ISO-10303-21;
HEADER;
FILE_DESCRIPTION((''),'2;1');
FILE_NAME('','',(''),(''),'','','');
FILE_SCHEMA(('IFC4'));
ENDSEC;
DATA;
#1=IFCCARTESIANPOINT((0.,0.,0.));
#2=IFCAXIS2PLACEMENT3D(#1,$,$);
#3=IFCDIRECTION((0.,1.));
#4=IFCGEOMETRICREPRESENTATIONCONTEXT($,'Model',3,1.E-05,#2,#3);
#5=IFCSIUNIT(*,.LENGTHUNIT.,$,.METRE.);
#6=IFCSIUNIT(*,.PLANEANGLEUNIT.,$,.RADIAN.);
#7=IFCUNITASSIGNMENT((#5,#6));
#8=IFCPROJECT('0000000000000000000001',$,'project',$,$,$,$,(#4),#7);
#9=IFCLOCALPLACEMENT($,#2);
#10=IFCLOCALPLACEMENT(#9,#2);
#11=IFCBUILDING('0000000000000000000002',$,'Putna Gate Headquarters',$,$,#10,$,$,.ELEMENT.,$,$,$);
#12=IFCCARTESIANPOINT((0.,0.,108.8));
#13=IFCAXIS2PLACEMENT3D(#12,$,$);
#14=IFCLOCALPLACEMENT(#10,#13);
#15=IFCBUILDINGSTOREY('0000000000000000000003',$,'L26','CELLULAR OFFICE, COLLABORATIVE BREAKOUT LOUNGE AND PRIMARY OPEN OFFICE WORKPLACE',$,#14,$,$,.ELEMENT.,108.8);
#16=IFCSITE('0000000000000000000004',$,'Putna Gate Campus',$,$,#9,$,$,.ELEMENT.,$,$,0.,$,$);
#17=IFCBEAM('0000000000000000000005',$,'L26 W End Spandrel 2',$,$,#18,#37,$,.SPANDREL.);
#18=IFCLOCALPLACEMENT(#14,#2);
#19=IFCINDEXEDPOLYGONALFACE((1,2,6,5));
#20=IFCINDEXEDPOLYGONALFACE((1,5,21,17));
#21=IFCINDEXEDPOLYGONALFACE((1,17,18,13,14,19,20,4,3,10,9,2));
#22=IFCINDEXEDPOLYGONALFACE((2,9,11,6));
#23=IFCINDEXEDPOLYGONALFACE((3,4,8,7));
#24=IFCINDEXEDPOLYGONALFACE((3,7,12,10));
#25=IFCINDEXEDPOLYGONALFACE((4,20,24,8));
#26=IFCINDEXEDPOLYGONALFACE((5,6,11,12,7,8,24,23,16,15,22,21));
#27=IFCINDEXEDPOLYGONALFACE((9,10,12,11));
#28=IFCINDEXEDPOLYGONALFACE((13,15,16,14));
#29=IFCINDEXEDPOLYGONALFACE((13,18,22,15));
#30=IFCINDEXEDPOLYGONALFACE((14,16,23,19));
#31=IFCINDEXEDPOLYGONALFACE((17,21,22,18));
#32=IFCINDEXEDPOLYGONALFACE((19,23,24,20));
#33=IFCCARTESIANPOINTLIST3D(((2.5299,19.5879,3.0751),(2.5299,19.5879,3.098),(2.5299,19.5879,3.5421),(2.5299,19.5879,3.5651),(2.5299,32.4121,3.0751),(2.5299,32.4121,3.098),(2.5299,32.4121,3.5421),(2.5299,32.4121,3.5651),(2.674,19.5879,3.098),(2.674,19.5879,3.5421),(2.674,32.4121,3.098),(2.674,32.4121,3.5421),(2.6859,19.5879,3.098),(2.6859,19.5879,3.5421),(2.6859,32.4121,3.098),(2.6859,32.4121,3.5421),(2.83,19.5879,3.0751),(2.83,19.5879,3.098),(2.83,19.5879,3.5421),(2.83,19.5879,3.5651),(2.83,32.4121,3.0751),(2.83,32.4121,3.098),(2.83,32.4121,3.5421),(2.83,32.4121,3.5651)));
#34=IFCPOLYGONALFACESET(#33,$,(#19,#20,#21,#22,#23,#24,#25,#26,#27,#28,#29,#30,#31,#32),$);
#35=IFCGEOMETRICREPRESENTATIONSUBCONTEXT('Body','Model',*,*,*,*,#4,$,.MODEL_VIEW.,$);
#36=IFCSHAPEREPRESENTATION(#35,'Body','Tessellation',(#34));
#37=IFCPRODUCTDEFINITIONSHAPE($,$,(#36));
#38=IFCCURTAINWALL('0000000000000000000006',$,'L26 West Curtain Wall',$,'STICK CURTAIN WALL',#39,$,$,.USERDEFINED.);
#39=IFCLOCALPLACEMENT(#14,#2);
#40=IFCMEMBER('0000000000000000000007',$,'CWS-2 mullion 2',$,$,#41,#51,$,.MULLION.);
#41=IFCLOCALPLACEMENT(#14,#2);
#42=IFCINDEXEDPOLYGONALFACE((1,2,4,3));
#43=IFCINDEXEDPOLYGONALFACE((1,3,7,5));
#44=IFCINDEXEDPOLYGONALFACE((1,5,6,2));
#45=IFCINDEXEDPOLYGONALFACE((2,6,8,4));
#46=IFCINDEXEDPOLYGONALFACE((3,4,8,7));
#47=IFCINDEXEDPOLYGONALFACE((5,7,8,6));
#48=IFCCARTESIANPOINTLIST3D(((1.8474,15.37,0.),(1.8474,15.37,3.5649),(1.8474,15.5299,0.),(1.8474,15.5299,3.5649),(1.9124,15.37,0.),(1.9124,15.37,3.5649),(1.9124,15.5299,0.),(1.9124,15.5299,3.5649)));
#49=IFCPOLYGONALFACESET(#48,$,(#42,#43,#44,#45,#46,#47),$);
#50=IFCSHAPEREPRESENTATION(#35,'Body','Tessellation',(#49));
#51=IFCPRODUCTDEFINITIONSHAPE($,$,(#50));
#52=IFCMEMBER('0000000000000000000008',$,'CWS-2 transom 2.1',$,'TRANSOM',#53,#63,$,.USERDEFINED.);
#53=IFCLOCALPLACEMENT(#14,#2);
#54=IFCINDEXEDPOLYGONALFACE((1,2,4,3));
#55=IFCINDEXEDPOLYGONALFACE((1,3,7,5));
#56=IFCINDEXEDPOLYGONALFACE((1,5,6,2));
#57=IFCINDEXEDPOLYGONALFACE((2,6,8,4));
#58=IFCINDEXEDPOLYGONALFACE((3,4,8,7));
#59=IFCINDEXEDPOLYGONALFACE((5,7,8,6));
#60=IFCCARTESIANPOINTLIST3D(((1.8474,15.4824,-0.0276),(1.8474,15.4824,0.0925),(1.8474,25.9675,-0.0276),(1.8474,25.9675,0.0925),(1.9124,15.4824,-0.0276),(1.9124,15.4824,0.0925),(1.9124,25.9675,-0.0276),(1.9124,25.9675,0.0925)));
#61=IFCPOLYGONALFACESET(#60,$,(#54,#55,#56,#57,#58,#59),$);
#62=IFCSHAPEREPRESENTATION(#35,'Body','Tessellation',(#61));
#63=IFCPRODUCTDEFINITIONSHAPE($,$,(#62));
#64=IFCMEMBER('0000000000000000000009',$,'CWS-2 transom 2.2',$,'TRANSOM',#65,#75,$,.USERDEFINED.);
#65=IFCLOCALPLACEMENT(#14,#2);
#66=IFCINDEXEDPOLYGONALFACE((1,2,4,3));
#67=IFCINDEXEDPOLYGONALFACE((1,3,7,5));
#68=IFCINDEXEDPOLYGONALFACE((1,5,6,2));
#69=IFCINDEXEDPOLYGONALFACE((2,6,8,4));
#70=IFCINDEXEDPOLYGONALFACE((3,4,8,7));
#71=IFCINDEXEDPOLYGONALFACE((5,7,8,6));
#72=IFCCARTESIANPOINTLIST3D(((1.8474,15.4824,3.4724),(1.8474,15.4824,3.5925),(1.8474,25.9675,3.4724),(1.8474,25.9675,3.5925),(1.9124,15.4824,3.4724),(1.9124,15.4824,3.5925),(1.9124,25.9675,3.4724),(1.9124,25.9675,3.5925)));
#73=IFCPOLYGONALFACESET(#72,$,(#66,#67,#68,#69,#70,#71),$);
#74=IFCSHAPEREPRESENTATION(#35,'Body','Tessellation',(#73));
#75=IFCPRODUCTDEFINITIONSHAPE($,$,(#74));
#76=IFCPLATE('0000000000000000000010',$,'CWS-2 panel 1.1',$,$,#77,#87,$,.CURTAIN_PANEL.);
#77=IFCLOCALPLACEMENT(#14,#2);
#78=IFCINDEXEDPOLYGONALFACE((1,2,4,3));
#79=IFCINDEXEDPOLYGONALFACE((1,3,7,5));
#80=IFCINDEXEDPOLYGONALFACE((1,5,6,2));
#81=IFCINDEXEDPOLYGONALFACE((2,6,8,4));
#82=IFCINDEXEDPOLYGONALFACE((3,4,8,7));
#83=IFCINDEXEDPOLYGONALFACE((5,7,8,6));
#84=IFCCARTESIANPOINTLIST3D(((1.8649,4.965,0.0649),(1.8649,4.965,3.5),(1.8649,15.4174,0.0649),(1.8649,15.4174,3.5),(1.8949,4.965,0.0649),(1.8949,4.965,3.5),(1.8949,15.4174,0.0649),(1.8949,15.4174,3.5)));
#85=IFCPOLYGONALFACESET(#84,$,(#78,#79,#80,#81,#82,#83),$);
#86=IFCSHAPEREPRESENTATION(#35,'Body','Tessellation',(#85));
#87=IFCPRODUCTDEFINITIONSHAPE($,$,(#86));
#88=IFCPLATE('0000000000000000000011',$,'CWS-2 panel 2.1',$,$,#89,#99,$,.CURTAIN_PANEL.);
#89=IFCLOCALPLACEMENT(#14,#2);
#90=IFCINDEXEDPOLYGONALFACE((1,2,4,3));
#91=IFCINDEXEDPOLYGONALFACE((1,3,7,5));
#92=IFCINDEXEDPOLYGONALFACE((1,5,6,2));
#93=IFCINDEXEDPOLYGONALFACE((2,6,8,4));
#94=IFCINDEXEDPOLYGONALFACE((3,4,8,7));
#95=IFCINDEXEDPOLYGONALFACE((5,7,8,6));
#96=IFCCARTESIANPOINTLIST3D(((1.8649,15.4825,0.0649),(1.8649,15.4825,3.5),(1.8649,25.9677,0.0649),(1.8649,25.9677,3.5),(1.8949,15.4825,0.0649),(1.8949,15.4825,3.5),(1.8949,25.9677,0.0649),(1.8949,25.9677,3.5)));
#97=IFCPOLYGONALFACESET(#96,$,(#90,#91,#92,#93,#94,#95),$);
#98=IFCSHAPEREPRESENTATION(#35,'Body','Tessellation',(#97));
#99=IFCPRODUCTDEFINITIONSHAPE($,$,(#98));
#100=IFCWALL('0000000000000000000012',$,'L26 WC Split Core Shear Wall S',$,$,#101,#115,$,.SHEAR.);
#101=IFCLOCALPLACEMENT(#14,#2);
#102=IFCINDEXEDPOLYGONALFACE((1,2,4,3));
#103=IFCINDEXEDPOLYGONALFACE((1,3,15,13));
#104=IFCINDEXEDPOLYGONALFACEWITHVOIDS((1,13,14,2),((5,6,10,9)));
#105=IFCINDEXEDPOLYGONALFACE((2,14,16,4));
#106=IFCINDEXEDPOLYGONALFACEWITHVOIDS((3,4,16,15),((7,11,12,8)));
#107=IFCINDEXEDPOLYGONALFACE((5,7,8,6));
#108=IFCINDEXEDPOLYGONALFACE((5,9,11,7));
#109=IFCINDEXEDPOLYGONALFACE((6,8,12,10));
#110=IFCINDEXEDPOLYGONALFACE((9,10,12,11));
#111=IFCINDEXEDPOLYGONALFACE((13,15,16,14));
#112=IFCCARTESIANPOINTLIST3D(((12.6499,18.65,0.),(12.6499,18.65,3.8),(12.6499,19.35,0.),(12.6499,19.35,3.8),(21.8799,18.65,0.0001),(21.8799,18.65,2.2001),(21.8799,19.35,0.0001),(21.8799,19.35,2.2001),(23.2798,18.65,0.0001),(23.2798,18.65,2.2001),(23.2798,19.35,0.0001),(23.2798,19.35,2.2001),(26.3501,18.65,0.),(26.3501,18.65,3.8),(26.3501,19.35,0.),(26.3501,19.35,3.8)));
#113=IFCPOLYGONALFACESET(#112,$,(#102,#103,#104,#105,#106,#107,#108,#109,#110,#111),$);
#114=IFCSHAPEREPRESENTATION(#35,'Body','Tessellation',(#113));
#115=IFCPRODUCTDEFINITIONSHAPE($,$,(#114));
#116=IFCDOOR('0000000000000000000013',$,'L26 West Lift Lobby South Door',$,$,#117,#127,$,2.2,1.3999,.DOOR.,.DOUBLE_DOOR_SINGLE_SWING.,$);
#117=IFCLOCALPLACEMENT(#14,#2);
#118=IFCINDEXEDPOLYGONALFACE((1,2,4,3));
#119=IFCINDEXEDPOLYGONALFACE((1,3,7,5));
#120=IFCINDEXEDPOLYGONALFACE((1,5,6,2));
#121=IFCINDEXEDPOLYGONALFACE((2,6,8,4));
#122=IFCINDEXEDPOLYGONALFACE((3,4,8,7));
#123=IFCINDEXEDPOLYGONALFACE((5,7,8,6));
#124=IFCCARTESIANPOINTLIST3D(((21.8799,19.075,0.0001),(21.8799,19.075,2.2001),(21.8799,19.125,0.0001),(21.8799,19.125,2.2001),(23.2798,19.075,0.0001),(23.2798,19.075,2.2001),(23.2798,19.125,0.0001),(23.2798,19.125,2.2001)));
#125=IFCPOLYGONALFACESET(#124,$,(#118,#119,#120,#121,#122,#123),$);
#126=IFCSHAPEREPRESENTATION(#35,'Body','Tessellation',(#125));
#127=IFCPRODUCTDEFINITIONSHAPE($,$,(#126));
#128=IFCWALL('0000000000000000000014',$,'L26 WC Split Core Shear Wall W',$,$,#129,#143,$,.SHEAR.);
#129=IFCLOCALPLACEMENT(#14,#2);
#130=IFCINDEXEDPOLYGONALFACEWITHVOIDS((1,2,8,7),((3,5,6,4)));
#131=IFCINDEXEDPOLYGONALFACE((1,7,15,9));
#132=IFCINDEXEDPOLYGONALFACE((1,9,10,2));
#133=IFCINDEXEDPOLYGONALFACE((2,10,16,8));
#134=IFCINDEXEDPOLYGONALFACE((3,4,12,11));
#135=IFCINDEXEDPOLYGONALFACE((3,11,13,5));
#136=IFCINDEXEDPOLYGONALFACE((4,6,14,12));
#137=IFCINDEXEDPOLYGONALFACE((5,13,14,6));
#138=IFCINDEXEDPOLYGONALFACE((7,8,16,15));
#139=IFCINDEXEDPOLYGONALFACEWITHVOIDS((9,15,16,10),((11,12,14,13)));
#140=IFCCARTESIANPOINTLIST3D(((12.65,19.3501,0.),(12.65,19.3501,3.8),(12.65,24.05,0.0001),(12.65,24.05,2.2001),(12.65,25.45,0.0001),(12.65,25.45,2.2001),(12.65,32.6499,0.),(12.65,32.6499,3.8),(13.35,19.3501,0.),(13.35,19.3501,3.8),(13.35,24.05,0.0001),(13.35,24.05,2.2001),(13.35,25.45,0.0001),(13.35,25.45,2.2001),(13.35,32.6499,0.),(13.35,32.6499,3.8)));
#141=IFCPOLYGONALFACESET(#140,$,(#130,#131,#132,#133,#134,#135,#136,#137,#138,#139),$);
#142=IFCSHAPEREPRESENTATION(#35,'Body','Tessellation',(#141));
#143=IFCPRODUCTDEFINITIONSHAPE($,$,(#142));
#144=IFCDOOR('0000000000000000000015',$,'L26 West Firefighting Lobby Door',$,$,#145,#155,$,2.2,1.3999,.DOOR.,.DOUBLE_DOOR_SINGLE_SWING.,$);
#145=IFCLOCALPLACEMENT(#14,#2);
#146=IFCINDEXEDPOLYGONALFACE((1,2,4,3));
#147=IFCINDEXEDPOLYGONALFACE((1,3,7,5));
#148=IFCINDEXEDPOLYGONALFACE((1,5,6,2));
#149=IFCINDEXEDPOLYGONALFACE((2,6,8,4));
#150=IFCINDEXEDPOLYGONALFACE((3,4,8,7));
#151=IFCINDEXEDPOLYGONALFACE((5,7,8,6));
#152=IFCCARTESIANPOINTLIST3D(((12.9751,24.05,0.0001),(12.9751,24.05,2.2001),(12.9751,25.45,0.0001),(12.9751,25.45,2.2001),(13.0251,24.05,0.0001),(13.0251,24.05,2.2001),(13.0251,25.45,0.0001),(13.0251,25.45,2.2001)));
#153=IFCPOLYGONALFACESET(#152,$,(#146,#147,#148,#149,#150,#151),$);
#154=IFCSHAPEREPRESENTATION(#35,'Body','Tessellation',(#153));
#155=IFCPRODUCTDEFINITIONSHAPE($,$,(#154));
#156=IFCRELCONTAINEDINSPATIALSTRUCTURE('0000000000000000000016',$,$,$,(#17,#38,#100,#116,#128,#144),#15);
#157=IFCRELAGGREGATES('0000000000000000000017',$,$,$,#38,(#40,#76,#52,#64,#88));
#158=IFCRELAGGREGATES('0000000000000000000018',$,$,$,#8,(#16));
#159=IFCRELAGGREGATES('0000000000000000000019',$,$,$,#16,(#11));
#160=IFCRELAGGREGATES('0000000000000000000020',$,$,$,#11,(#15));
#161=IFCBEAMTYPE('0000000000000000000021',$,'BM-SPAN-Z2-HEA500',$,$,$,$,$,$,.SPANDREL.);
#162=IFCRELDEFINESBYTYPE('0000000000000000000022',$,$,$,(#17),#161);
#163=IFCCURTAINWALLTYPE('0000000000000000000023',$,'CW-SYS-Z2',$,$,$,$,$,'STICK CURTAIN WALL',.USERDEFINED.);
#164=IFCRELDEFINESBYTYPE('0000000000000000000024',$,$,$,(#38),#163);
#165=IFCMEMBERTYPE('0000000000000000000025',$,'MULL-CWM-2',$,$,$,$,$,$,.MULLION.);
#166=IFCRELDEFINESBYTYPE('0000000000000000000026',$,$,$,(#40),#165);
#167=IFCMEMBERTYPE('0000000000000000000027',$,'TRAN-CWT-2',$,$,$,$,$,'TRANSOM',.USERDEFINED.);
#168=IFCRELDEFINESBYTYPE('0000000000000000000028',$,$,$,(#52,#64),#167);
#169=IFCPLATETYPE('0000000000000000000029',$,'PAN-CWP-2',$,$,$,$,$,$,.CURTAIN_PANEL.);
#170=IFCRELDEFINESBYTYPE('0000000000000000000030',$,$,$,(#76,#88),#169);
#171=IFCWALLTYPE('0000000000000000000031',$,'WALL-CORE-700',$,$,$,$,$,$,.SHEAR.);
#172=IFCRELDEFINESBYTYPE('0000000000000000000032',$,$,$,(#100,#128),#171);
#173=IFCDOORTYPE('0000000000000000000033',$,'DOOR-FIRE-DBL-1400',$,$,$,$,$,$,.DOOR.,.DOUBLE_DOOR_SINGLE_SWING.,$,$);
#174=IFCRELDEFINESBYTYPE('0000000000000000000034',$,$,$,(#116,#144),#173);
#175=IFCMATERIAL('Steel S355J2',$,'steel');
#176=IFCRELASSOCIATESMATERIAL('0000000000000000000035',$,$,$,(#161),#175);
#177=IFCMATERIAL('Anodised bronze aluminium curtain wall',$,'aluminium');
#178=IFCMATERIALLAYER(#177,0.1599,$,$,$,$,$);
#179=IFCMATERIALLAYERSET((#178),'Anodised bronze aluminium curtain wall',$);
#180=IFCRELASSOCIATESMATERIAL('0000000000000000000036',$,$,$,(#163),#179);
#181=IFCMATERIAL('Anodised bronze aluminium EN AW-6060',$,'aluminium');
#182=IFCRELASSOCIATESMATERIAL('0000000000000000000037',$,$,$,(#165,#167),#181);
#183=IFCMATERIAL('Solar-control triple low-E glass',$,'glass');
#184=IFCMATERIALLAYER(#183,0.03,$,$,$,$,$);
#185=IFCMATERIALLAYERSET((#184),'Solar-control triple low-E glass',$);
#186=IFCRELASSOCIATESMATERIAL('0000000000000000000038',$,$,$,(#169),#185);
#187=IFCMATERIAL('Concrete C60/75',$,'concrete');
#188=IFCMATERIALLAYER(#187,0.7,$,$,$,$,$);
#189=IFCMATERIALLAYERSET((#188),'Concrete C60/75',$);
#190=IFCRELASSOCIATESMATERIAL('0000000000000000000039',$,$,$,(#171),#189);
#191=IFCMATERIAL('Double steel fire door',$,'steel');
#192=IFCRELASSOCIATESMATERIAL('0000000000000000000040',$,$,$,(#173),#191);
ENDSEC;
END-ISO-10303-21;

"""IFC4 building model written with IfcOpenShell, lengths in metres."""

from ifc_helpers import new_model, si_unit, direction, frame, frame_2d, origin, origin_2d, place, context, subcontext, project, spatial, rectangle, i_section, extrude, material, layer, layer_set, material_profile, profile_set, type_object, element, fill, aggregate, save


model = new_model("IFC4")

# Units and contexts
model_context = context("Model", 3, precision=1e-05, world=origin(), true_north=direction((0.0, 1.0)))
body_context = subcontext(model_context, "Body", "Model", "MODEL_VIEW")
ifc_project = project(units=[si_unit("LENGTHUNIT", "METRE"), si_unit("PLANEANGLEUNIT", "RADIAN")], contexts=[model_context])

# Site, building, storey
site_placement = place(None, origin())
site = spatial("IfcSite", under=ifc_project, at=site_placement, Name="Putna Gate Campus", CompositionType="ELEMENT", RefElevation=0.0)
building_placement = place(site_placement, origin())
building = spatial("IfcBuilding", under=site, at=building_placement, Name="Putna Gate Headquarters", CompositionType="ELEMENT")
storey_placement = place(building_placement, frame((0.0, 0.0, 108.8)))
storey = spatial("IfcBuildingStorey", under=building, at=storey_placement, Name="L26", Description="CELLULAR OFFICE, COLLABORATIVE BREAKOUT LOUNGE AND PRIMARY OPEN OFFICE WORKPLACE", CompositionType="ELEMENT", Elevation=108.8)

# Shared definitions
ifc_material_1 = material(Name="Concrete C60/75", Category="concrete")

# Beam
ifc_material_2 = material(Name="Steel S355J2", Category="steel")
ifc_material_profile_1 = material_profile(ifc_material_2, i_section(OverallWidth=0.3, OverallDepth=0.49, WebThickness=0.012, FlangeThickness=0.0229, at=origin_2d()), Name="Steel S355J2")
ifc_profile_set_1 = profile_set([ifc_material_profile_1], Name="Steel S355J2")
beam_type_1 = type_object("IfcBeamType", Name="BM-SPAN-Z2-HEA500", PredefinedType="SPANDREL", material=ifc_profile_set_1)
beam_1_placement = place(storey_placement, frame((2.6799, 19.5879, 3.3201), z_axis=(0.0, 1.0, 0.0), x_axis=(-1.0, 0.0, 0.0)))
element("IfcBeam", 1, at=beam_1_placement, inside=storey, type_object=beam_type_1, Name="L26 W End Spandrel 2", PredefinedType="SPANDREL", context=body_context, shape_type="SweptSolid", body=[
    extrude(i_section(OverallWidth=0.3, OverallDepth=0.49, WebThickness=0.012, FlangeThickness=0.0229, at=origin_2d()), origin(), (0.0, 0.0, 1.0), 12.8242),
])

# Curtain wall, members, plates
ifc_material_3 = material(Name="Anodised bronze aluminium curtain wall", Category="aluminium")
ifc_layer_1 = layer(ifc_material_3, 0.1599)
ifc_layer_set_1 = layer_set([ifc_layer_1], Name="Anodised bronze aluminium curtain wall")
curtain_wall_type = type_object("IfcCurtainWallType", Name="CW-SYS-Z2", ElementType="STICK CURTAIN WALL", PredefinedType="USERDEFINED", material=ifc_layer_set_1)
curtain_wall_placement = place(storey_placement, origin())
curtain_wall = element("IfcCurtainWall", 2, at=curtain_wall_placement, inside=storey, type_object=curtain_wall_type, Name="L26 West Curtain Wall", ObjectType="STICK CURTAIN WALL", PredefinedType="USERDEFINED")
ifc_material_4 = material(Name="Anodised bronze aluminium EN AW-6060", Category="aluminium")
ifc_material_profile_2 = material_profile(ifc_material_4, rectangle(XDim=0.0649, YDim=0.1599, at=origin_2d()), Name="Anodised bronze aluminium EN AW-6060")
ifc_profile_set_2 = profile_set([ifc_material_profile_2], Name="Anodised bronze aluminium EN AW-6060")
member_type_1 = type_object("IfcMemberType", Name="MULL-CWM-2", PredefinedType="MULLION", material=ifc_profile_set_2)
member_1_placement = place(storey_placement, frame((1.8799, 15.45, 0.0), z_axis=(0.0, 0.0, 1.0), x_axis=(-1.0, 0.0, 0.0)))
member_1 = element("IfcMember", 3, at=member_1_placement, type_object=member_type_1, Name="CWS-2 mullion 2", PredefinedType="MULLION", context=body_context, shape_type="SweptSolid", body=[
    extrude(rectangle(XDim=0.0649, YDim=0.1599, at=origin_2d()), origin(), (0.0, 0.0, 1.0), 3.5649),
])
ifc_material_profile_3 = material_profile(ifc_material_4, rectangle(XDim=0.0649, YDim=0.1201, at=origin_2d()), Name="Anodised bronze aluminium EN AW-6060")
ifc_profile_set_3 = profile_set([ifc_material_profile_3], Name="Anodised bronze aluminium EN AW-6060")
member_type_2 = type_object("IfcMemberType", Name="TRAN-CWT-2", ElementType="TRANSOM", PredefinedType="USERDEFINED", material=ifc_profile_set_3)
member_2_placement = place(storey_placement, frame((1.8799, 15.4824, 0.0325), z_axis=(0.0, 1.0, 0.0), x_axis=(-1.0, 0.0, 0.0)))
member_2 = element("IfcMember", 4, at=member_2_placement, type_object=member_type_2, Name="CWS-2 transom 2.1", ObjectType="TRANSOM", PredefinedType="USERDEFINED", context=body_context, shape_type="SweptSolid", body=[
    extrude(rectangle(XDim=0.0649, YDim=0.1201, at=origin_2d()), origin(), (0.0, 0.0, 1.0), 10.4851),
])
member_3_placement = place(storey_placement, frame((1.8799, 15.4824, 3.5325), z_axis=(0.0, 1.0, 0.0), x_axis=(-1.0, 0.0, 0.0)))
member_3 = element("IfcMember", 5, at=member_3_placement, type_object=member_type_2, Name="CWS-2 transom 2.2", ObjectType="TRANSOM", PredefinedType="USERDEFINED", context=body_context, shape_type="SweptSolid", body=[
    extrude(rectangle(XDim=0.0649, YDim=0.1201, at=origin_2d()), origin(), (0.0, 0.0, 1.0), 10.4851),
])
ifc_material_5 = material(Name="Solar-control triple low-E glass", Category="glass")
ifc_layer_2 = layer(ifc_material_5, 0.03)
ifc_layer_set_2 = layer_set([ifc_layer_2], Name="Solar-control triple low-E glass")
plate_type = type_object("IfcPlateType", Name="PAN-CWP-2", PredefinedType="CURTAIN_PANEL", material=ifc_layer_set_2)
plate_1_placement = place(storey_placement, frame((1.8799, 10.1912, 0.0649), z_axis=(0.0, 0.0, 1.0), x_axis=(0.0, 1.0, 0.0)))
plate_1 = element("IfcPlate", 6, at=plate_1_placement, type_object=plate_type, Name="CWS-2 panel 1.1", PredefinedType="CURTAIN_PANEL", context=body_context, shape_type="SweptSolid", body=[
    extrude(rectangle(XDim=10.4524, YDim=0.03, at=origin_2d()), origin(), (0.0, 0.0, 1.0), 3.4351),
])
plate_2_placement = place(storey_placement, frame((1.8799, 20.7251, 0.0649), z_axis=(0.0, 0.0, 1.0), x_axis=(0.0, 1.0, 0.0)))
plate_2 = element("IfcPlate", 7, at=plate_2_placement, type_object=plate_type, Name="CWS-2 panel 2.1", PredefinedType="CURTAIN_PANEL", context=body_context, shape_type="SweptSolid", body=[
    extrude(rectangle(XDim=10.4851, YDim=0.03, at=origin_2d()), origin(), (0.0, 0.0, 1.0), 3.4351),
])
aggregate(curtain_wall, [member_1, plate_1, member_2, member_3, plate_2])

# Walls, openings, doors
ifc_layer_3 = layer(ifc_material_1, 0.7)
ifc_layer_set_3 = layer_set([ifc_layer_3], Name="Concrete C60/75")
wall_type_1 = type_object("IfcWallType", Name="WALL-CORE-700", PredefinedType="SHEAR", material=ifc_layer_set_3)
wall_1_placement = place(storey_placement, frame((12.6499, 19.0, 0.0), z_axis=(0.0, 0.0, 1.0), x_axis=(1.0, 0.0, 0.0)))
wall_1 = element("IfcWall", 8, at=wall_1_placement, inside=storey, type_object=wall_type_1, Name="L26 WC Split Core Shear Wall S", PredefinedType="SHEAR", context=body_context, shape_type="SweptSolid", body=[
    extrude(rectangle(XDim=13.7002, YDim=0.7, at=frame_2d((6.8501, 0.0))), origin(), (0.0, 0.0, 1.0), 3.8),
])
opening_1_placement = place(wall_1_placement, frame((9.23, 0.0, 0.0)))
opening_1 = element("IfcOpeningElement", 9, at=opening_1_placement, cuts=wall_1, PredefinedType="OPENING", context=body_context, shape_type="SweptSolid", body=[
    extrude(rectangle(XDim=1.3999, YDim=2.2, at=frame_2d((0.7, 1.1001))), frame((0.0, 0.3599, 0.0), z_axis=(0.0, -1.0, 0.0), x_axis=(1.0, 0.0, 0.0)), (0.0, 0.0, 1.0), 0.72),
])
ifc_material_6 = material(Name="Double steel fire door", Category="steel")
door_type_1 = type_object("IfcDoorType", Name="DOOR-FIRE-DBL-1400", OperationType="DOUBLE_DOOR_SINGLE_SWING", PredefinedType="DOOR", material=ifc_material_6)
door_1_placement = place(opening_1_placement, origin())
door_1 = element("IfcDoor", 10, at=door_1_placement, inside=storey, type_object=door_type_1, Name="L26 West Lift Lobby South Door", OperationType="DOUBLE_DOOR_SINGLE_SWING", OverallHeight=2.2, OverallWidth=1.3999, PredefinedType="DOOR", context=body_context, shape_type="SweptSolid", body=[
    extrude(rectangle(XDim=1.3999, YDim=2.2, at=frame_2d((0.7, 1.1001))), frame((0.0, 0.125, 0.0), z_axis=(0.0, -1.0, 0.0), x_axis=(1.0, 0.0, 0.0)), (0.0, 0.0, 1.0), 0.05),
])
fill(opening_1, door_1)
wall_2_placement = place(storey_placement, frame((13.0, 19.3501, 0.0), z_axis=(0.0, 0.0, 1.0), x_axis=(0.0, 1.0, 0.0)))
wall_2 = element("IfcWall", 11, at=wall_2_placement, inside=storey, type_object=wall_type_1, Name="L26 WC Split Core Shear Wall W", PredefinedType="SHEAR", context=body_context, shape_type="SweptSolid", body=[
    extrude(rectangle(XDim=13.2998, YDim=0.7, at=frame_2d((6.6499, 0.0))), origin(), (0.0, 0.0, 1.0), 3.8),
])
opening_2_placement = place(wall_2_placement, frame((4.7, 0.0, 0.0)))
opening_2 = element("IfcOpeningElement", 12, at=opening_2_placement, cuts=wall_2, PredefinedType="OPENING", context=body_context, shape_type="SweptSolid", body=[
    extrude(rectangle(XDim=1.3999, YDim=2.2, at=frame_2d((0.7, 1.1001))), frame((0.0, 0.3599, 0.0), z_axis=(0.0, -1.0, 0.0), x_axis=(1.0, 0.0, 0.0)), (0.0, 0.0, 1.0), 0.72),
])
door_2_placement = place(opening_2_placement, origin())
door_2 = element("IfcDoor", 13, at=door_2_placement, inside=storey, type_object=door_type_1, Name="L26 West Firefighting Lobby Door", OperationType="DOUBLE_DOOR_SINGLE_SWING", OverallHeight=2.2, OverallWidth=1.3999, PredefinedType="DOOR", context=body_context, shape_type="SweptSolid", body=[
    extrude(rectangle(XDim=1.3999, YDim=2.2, at=frame_2d((0.7, 1.1001))), frame((0.0, 0.0249, 0.0), z_axis=(0.0, -1.0, 0.0), x_axis=(1.0, 0.0, 0.0)), (0.0, 0.0, 1.0), 0.05),
])
fill(opening_2, door_2)

save(model, "model.ifc")
